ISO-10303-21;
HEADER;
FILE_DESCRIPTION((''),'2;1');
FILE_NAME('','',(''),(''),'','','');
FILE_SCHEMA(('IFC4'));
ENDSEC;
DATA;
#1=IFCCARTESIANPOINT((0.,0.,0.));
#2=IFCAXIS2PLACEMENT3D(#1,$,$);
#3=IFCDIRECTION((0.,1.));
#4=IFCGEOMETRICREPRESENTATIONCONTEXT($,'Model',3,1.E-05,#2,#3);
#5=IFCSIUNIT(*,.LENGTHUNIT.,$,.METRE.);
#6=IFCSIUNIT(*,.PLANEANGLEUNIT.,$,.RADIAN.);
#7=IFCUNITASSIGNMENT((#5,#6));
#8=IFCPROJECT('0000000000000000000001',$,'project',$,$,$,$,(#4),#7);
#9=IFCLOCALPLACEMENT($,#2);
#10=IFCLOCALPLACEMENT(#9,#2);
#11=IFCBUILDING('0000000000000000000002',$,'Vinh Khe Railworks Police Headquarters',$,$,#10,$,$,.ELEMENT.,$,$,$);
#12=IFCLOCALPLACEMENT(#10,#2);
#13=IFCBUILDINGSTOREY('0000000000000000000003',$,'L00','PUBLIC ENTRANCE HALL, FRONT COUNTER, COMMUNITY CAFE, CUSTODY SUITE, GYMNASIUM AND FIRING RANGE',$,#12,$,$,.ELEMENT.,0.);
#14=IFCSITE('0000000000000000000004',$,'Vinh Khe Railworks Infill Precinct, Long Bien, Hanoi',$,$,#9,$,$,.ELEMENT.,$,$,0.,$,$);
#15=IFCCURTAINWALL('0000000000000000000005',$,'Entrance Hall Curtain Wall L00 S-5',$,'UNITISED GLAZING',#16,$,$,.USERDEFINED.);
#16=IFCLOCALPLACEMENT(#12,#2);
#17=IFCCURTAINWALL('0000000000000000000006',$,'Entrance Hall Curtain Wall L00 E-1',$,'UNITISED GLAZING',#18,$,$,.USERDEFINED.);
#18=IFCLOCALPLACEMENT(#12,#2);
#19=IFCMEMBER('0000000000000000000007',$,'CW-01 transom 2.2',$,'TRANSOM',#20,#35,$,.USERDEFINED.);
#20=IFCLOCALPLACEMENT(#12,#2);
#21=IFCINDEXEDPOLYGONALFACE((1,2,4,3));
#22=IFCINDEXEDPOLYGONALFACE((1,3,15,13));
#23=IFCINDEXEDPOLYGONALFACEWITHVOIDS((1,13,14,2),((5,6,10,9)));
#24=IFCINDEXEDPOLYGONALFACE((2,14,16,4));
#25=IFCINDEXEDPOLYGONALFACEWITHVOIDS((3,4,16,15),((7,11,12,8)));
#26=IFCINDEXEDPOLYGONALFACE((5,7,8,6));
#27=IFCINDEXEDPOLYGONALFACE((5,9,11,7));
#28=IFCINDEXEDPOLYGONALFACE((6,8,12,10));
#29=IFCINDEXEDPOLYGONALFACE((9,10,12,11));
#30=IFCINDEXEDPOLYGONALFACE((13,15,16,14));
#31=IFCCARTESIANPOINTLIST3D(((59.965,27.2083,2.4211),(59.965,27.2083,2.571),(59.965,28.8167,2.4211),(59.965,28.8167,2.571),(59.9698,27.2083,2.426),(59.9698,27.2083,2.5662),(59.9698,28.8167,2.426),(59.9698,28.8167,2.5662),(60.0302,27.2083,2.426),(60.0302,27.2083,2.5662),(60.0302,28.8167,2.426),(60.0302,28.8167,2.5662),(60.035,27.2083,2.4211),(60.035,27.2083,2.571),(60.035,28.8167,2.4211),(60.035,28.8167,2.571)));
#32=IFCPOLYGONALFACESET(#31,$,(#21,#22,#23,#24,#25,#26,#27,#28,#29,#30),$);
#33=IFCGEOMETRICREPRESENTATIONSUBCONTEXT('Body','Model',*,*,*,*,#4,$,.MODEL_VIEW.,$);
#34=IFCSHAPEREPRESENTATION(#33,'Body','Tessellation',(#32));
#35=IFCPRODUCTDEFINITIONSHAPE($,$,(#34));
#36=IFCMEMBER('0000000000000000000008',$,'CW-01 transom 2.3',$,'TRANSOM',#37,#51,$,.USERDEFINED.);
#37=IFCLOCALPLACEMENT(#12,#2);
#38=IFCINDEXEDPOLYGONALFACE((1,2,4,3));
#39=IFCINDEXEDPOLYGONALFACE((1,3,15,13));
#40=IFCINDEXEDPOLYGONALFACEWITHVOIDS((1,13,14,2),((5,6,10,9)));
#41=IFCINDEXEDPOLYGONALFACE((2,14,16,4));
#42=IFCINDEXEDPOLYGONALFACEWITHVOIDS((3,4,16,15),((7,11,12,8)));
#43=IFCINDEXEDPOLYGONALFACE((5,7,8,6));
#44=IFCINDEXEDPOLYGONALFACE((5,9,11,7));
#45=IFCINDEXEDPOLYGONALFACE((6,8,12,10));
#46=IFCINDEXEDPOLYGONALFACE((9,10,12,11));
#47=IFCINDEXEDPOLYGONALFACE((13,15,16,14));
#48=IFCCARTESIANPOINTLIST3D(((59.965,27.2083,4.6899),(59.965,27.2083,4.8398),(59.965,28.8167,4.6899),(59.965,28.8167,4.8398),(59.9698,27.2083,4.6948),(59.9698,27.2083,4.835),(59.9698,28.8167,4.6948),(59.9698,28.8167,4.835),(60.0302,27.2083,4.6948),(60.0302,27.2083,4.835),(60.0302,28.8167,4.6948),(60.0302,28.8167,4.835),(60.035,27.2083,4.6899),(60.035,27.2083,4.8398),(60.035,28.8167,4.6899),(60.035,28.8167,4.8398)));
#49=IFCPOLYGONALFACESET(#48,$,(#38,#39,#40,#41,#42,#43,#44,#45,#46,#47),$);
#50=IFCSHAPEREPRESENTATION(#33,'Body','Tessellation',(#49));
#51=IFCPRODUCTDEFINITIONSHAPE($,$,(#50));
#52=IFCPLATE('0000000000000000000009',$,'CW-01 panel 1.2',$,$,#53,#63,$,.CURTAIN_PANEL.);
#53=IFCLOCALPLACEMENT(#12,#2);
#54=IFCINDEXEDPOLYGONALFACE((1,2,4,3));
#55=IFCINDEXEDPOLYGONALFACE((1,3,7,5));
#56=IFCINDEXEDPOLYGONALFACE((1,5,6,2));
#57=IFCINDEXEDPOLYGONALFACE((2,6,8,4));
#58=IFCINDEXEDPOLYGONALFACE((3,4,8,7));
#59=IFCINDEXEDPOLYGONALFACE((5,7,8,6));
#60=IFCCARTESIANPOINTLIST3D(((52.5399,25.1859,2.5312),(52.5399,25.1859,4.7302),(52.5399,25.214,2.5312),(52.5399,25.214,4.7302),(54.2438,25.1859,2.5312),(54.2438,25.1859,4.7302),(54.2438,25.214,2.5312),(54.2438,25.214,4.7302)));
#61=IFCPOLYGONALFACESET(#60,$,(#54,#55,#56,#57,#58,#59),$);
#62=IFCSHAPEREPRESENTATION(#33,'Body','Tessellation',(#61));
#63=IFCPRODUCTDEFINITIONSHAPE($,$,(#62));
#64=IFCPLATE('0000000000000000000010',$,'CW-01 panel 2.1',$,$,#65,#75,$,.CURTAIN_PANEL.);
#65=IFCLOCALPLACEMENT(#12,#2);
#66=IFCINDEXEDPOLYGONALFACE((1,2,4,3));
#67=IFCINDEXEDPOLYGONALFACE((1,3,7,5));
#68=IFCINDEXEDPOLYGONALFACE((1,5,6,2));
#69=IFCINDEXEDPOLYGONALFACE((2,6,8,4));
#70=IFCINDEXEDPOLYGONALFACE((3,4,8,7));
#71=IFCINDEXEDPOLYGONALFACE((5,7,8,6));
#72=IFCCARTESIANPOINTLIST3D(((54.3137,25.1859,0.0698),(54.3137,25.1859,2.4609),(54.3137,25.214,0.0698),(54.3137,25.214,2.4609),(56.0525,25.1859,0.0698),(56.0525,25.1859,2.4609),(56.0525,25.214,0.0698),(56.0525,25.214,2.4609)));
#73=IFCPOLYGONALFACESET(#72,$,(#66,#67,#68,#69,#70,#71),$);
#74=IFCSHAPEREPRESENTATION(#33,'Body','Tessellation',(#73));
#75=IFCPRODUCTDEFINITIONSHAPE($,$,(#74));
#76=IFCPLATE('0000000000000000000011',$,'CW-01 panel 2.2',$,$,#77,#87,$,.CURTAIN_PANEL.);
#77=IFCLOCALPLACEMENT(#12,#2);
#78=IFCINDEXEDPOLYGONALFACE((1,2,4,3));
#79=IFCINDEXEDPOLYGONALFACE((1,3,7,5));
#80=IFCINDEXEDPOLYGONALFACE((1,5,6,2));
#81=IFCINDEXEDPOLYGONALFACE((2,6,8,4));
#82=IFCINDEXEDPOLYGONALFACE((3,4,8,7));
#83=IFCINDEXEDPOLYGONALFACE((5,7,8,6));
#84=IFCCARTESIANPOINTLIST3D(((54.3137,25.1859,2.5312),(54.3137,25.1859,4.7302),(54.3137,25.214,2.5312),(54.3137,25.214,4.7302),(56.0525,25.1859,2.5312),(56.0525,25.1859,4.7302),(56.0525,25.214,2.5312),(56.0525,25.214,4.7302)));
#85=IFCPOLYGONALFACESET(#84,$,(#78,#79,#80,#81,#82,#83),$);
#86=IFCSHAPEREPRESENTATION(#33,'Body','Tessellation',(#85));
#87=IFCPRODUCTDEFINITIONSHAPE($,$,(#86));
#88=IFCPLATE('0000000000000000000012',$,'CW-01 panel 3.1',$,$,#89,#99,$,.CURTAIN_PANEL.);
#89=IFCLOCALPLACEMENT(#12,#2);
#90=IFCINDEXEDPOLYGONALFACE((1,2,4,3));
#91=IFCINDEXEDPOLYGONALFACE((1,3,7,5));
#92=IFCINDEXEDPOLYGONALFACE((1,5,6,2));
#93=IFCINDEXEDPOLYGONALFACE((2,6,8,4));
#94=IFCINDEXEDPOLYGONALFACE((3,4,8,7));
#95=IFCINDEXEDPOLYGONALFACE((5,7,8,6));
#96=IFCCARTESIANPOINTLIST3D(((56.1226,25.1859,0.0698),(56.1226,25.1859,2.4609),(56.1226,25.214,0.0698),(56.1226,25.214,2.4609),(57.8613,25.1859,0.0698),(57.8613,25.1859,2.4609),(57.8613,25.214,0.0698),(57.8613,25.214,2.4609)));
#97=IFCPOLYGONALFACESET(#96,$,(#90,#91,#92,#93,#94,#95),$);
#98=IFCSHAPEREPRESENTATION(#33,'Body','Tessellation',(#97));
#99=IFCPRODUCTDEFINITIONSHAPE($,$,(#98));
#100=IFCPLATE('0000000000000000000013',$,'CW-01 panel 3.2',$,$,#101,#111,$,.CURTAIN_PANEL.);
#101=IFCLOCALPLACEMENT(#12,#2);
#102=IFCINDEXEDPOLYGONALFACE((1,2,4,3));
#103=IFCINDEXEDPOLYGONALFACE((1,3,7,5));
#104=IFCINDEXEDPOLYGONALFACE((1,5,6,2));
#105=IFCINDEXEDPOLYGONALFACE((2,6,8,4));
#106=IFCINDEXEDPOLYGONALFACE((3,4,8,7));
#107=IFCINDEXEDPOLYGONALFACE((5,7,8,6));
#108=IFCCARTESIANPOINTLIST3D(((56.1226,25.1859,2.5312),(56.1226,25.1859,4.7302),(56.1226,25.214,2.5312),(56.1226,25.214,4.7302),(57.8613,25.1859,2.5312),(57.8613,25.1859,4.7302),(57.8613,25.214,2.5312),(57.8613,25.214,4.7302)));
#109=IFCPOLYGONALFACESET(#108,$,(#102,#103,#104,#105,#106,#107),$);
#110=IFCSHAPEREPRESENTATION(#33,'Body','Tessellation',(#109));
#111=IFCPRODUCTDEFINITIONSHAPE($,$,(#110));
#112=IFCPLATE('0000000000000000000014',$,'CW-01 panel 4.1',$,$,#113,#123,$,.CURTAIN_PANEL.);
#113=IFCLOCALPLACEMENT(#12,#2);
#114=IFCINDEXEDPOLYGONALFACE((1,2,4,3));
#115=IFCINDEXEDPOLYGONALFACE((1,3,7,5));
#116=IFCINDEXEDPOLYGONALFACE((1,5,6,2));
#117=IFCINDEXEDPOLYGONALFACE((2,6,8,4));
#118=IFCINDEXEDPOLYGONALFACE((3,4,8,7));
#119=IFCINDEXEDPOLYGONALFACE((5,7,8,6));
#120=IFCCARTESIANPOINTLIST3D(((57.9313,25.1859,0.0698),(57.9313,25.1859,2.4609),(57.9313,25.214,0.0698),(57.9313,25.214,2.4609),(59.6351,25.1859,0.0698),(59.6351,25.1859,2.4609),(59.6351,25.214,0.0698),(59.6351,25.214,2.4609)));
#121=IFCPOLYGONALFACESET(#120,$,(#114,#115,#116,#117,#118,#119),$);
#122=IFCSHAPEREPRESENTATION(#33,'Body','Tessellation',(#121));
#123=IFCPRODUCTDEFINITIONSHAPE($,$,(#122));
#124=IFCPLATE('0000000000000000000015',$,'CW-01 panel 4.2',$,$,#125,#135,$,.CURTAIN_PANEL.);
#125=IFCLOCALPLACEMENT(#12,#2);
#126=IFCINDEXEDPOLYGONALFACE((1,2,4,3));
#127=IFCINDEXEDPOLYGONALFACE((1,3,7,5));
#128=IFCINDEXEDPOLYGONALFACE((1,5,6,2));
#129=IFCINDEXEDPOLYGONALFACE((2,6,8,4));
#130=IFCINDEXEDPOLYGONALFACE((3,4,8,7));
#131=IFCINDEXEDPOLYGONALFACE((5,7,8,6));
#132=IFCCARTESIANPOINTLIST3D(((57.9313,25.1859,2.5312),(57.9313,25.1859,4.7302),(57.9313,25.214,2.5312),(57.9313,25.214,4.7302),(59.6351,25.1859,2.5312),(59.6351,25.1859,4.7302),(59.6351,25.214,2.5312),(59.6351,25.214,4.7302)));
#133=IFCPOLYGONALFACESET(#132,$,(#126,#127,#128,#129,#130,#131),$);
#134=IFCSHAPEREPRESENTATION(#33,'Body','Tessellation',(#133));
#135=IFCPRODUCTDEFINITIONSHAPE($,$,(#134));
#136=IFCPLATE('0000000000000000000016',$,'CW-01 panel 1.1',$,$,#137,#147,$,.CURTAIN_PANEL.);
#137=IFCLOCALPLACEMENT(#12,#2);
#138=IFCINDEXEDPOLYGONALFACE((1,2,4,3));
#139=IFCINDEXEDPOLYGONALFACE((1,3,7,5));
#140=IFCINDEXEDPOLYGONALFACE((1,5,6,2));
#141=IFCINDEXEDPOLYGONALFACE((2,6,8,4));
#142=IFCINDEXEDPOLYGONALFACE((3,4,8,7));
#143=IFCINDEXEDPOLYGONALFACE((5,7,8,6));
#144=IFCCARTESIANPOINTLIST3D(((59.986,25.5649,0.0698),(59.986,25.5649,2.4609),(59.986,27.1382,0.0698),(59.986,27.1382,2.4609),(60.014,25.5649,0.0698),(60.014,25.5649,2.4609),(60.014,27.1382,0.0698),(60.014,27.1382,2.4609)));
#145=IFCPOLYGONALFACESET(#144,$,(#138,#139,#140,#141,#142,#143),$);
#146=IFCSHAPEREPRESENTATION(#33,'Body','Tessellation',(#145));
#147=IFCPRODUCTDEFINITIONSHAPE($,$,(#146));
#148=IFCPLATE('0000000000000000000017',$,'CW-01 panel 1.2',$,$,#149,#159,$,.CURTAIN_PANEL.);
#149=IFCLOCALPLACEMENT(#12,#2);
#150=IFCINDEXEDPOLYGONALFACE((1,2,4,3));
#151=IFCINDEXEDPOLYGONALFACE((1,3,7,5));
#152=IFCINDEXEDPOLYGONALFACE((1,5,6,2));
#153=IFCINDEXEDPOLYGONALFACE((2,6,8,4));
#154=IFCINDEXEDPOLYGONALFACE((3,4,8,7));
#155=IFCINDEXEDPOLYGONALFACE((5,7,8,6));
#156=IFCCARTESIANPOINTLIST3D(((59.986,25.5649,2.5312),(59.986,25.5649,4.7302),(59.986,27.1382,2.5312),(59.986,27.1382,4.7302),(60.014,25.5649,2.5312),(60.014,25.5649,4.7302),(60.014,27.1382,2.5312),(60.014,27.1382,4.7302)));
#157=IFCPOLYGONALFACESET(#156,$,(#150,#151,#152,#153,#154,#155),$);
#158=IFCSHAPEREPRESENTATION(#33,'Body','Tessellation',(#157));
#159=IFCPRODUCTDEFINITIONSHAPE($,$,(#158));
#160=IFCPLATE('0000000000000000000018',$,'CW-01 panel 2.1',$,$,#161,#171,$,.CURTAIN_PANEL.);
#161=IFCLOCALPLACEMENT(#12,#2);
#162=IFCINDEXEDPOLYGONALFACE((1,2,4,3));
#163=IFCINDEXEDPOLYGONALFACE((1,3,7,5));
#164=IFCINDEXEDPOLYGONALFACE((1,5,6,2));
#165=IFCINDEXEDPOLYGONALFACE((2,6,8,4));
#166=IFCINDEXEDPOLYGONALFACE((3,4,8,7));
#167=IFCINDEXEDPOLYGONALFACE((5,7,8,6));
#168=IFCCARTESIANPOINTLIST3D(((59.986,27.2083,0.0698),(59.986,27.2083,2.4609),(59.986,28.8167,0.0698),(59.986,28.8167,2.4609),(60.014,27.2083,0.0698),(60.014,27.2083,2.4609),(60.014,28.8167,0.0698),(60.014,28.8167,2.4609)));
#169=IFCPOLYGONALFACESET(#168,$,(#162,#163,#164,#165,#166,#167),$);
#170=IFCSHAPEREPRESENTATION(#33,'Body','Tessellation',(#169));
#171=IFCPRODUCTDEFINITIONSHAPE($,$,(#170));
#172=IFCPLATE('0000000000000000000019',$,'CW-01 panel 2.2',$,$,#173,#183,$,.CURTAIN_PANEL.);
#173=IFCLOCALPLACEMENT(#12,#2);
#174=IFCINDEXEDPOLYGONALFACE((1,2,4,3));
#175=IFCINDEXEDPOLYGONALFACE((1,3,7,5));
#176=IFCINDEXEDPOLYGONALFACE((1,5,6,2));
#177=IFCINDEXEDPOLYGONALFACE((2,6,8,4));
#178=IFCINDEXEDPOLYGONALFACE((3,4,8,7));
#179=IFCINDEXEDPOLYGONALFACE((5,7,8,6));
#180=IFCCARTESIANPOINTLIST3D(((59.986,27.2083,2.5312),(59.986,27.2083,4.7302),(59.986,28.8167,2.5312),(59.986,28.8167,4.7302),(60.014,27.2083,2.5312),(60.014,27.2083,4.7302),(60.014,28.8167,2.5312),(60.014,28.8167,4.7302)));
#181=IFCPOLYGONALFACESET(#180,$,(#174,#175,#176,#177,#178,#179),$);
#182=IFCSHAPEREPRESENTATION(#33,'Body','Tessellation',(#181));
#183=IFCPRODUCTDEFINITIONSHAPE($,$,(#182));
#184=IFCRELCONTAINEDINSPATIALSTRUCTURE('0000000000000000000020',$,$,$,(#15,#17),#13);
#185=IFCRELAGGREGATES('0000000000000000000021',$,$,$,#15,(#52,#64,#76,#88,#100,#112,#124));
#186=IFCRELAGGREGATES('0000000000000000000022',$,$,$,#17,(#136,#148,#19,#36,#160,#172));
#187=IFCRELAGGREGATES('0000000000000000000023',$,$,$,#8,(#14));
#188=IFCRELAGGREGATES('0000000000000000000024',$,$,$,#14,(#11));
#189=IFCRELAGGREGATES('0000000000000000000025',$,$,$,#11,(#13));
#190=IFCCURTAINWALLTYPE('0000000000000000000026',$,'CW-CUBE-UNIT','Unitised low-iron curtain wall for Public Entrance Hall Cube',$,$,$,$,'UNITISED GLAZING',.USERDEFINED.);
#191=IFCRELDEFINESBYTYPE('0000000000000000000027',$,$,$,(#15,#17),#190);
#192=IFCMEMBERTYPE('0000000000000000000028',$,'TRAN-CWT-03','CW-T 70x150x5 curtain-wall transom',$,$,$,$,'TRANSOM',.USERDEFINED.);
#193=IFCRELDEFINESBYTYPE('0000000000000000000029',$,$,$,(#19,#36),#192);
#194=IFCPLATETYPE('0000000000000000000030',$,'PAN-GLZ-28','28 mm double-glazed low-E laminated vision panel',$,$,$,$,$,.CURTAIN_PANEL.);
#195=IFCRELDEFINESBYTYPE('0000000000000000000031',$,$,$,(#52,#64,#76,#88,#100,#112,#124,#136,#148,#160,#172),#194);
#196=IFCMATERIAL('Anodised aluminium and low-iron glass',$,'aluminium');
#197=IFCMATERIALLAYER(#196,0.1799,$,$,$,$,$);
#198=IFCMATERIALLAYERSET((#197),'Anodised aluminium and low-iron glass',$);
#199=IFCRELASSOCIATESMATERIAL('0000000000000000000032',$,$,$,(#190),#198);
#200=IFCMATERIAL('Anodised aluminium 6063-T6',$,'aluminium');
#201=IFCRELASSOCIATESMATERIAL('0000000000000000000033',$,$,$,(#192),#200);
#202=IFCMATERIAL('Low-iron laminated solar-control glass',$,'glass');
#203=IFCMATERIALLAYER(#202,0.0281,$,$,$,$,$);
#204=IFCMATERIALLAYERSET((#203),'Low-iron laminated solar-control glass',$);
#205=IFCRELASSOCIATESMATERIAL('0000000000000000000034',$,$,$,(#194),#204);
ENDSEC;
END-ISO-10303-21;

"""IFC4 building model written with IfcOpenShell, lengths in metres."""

from ifc_helpers import new_model, si_unit, direction, frame, origin, origin_2d, place, context, subcontext, project, spatial, rectangle, hollow_rectangle, extrude, material, layer, layer_set, material_profile, profile_set, type_object, element, aggregate, save


model = new_model("IFC4")

# Units and contexts
model_context = context("Model", 3, precision=1e-05, world=origin(), true_north=direction((0.0, 1.0)))
body_context = subcontext(model_context, "Body", "Model", "MODEL_VIEW")
ifc_project = project(units=[si_unit("LENGTHUNIT", "METRE"), si_unit("PLANEANGLEUNIT", "RADIAN")], contexts=[model_context])

# Site, building, storey
site_placement = place(None, origin())
site = spatial("IfcSite", under=ifc_project, at=site_placement, Name="Vinh Khe Railworks Infill Precinct, Long Bien, Hanoi", CompositionType="ELEMENT", RefElevation=0.0)
building_placement = place(site_placement, origin())
building = spatial("IfcBuilding", under=site, at=building_placement, Name="Vinh Khe Railworks Police Headquarters", CompositionType="ELEMENT")
storey_placement = place(building_placement, origin())
storey = spatial("IfcBuildingStorey", under=building, at=storey_placement, Name="L00", Description="PUBLIC ENTRANCE HALL, FRONT COUNTER, COMMUNITY CAFE, CUSTODY SUITE, GYMNASIUM AND FIRING RANGE", CompositionType="ELEMENT", Elevation=0.0)

# Curtain walls
ifc_material_1 = material(Name="Anodised aluminium and low-iron glass", Category="aluminium")
ifc_layer_1 = layer(ifc_material_1, 0.1799)
ifc_layer_set_1 = layer_set([ifc_layer_1], Name="Anodised aluminium and low-iron glass")
curtain_wall_type = type_object("IfcCurtainWallType", Name="CW-CUBE-UNIT", Description="Unitised low-iron curtain wall for Public Entrance Hall Cube", ElementType="UNITISED GLAZING", PredefinedType="USERDEFINED", material=ifc_layer_set_1)
curtain_wall_1_placement = place(storey_placement, origin())
curtain_wall_1 = element("IfcCurtainWall", 1, at=curtain_wall_1_placement, inside=storey, type_object=curtain_wall_type, Name="Entrance Hall Curtain Wall L00 S-5", ObjectType="UNITISED GLAZING", PredefinedType="USERDEFINED")
ifc_material_2 = material(Name="Anodised aluminium 6063-T6", Category="aluminium")
curtain_wall_2_placement = place(storey_placement, origin())
curtain_wall_2 = element("IfcCurtainWall", 2, at=curtain_wall_2_placement, inside=storey, type_object=curtain_wall_type, Name="Entrance Hall Curtain Wall L00 E-1", ObjectType="UNITISED GLAZING", PredefinedType="USERDEFINED")

# Members
ifc_material_profile_1 = material_profile(ifc_material_2, hollow_rectangle(XDim=0.0701, YDim=0.1499, WallThickness=0.0049, at=origin_2d()), Name="CW-T 70x150x5")
ifc_profile_set_1 = profile_set([ifc_material_profile_1], Name="Anodised aluminium 6063-T6")
member_type_1 = type_object("IfcMemberType", Name="TRAN-CWT-03", Description="CW-T 70x150x5 curtain-wall transom", ElementType="TRANSOM", PredefinedType="USERDEFINED", material=ifc_profile_set_1)
member_1_placement = place(storey_placement, frame((60.0, 27.2083, 2.4961), z_axis=(0.0, 1.0, 0.0), x_axis=(-1.0, 0.0, 0.0)))
member_1 = element("IfcMember", 3, at=member_1_placement, type_object=member_type_1, Name="CW-01 transom 2.2", ObjectType="TRANSOM", PredefinedType="USERDEFINED", context=body_context, shape_type="SweptSolid", body=[
    extrude(hollow_rectangle(XDim=0.0701, YDim=0.1499, WallThickness=0.0049, at=origin_2d()), origin(), (0.0, 0.0, 1.0), 1.6084),
])
member_2_placement = place(storey_placement, frame((60.0, 27.2083, 4.7649), z_axis=(0.0, 1.0, 0.0), x_axis=(-1.0, 0.0, 0.0)))
member_2 = element("IfcMember", 4, at=member_2_placement, type_object=member_type_1, Name="CW-01 transom 2.3", ObjectType="TRANSOM", PredefinedType="USERDEFINED", context=body_context, shape_type="SweptSolid", body=[
    extrude(hollow_rectangle(XDim=0.0701, YDim=0.1499, WallThickness=0.0049, at=origin_2d()), origin(), (0.0, 0.0, 1.0), 1.6084),
])

# Plates
ifc_material_3 = material(Name="Low-iron laminated solar-control glass", Category="glass")
ifc_layer_2 = layer(ifc_material_3, 0.0281)
ifc_layer_set_2 = layer_set([ifc_layer_2], Name="Low-iron laminated solar-control glass")
plate_type = type_object("IfcPlateType", Name="PAN-GLZ-28", Description="28 mm double-glazed low-E laminated vision panel", PredefinedType="CURTAIN_PANEL", material=ifc_layer_set_2)
plate_1_placement = place(storey_placement, frame((53.3918, 25.2, 2.5312), z_axis=(0.0, 0.0, 1.0), x_axis=(1.0, 0.0, 0.0)))
plate_1 = element("IfcPlate", 5, at=plate_1_placement, type_object=plate_type, Name="CW-01 panel 1.2", PredefinedType="CURTAIN_PANEL", context=body_context, shape_type="SweptSolid", body=[
    extrude(rectangle(XDim=1.7039, YDim=0.0281, at=origin_2d()), origin(), (0.0, 0.0, 1.0), 2.199),
])
plate_2_placement = place(storey_placement, frame((55.1831, 25.2, 0.0698), z_axis=(0.0, 0.0, 1.0), x_axis=(1.0, 0.0, 0.0)))
plate_2 = element("IfcPlate", 6, at=plate_2_placement, type_object=plate_type, Name="CW-01 panel 2.1", PredefinedType="CURTAIN_PANEL", context=body_context, shape_type="SweptSolid", body=[
    extrude(rectangle(XDim=1.7388, YDim=0.0281, at=origin_2d()), origin(), (0.0, 0.0, 1.0), 2.3911),
])
plate_3_placement = place(storey_placement, frame((55.1831, 25.2, 2.5312), z_axis=(0.0, 0.0, 1.0), x_axis=(1.0, 0.0, 0.0)))
plate_3 = element("IfcPlate", 7, at=plate_3_placement, type_object=plate_type, Name="CW-01 panel 2.2", PredefinedType="CURTAIN_PANEL", context=body_context, shape_type="SweptSolid", body=[
    extrude(rectangle(XDim=1.7388, YDim=0.0281, at=origin_2d()), origin(), (0.0, 0.0, 1.0), 2.199),
])
plate_4_placement = place(storey_placement, frame((56.9919, 25.2, 0.0698), z_axis=(0.0, 0.0, 1.0), x_axis=(1.0, 0.0, 0.0)))
plate_4 = element("IfcPlate", 8, at=plate_4_placement, type_object=plate_type, Name="CW-01 panel 3.1", PredefinedType="CURTAIN_PANEL", context=body_context, shape_type="SweptSolid", body=[
    extrude(rectangle(XDim=1.7388, YDim=0.0281, at=origin_2d()), origin(), (0.0, 0.0, 1.0), 2.3911),
])
plate_5_placement = place(storey_placement, frame((56.9919, 25.2, 2.5312), z_axis=(0.0, 0.0, 1.0), x_axis=(1.0, 0.0, 0.0)))
plate_5 = element("IfcPlate", 9, at=plate_5_placement, type_object=plate_type, Name="CW-01 panel 3.2", PredefinedType="CURTAIN_PANEL", context=body_context, shape_type="SweptSolid", body=[
    extrude(rectangle(XDim=1.7388, YDim=0.0281, at=origin_2d()), origin(), (0.0, 0.0, 1.0), 2.199),
])
plate_6_placement = place(storey_placement, frame((58.7832, 25.2, 0.0698), z_axis=(0.0, 0.0, 1.0), x_axis=(1.0, 0.0, 0.0)))
plate_6 = element("IfcPlate", 10, at=plate_6_placement, type_object=plate_type, Name="CW-01 panel 4.1", PredefinedType="CURTAIN_PANEL", context=body_context, shape_type="SweptSolid", body=[
    extrude(rectangle(XDim=1.7039, YDim=0.0281, at=origin_2d()), origin(), (0.0, 0.0, 1.0), 2.3911),
])
plate_7_placement = place(storey_placement, frame((58.7832, 25.2, 2.5312), z_axis=(0.0, 0.0, 1.0), x_axis=(1.0, 0.0, 0.0)))
plate_7 = element("IfcPlate", 11, at=plate_7_placement, type_object=plate_type, Name="CW-01 panel 4.2", PredefinedType="CURTAIN_PANEL", context=body_context, shape_type="SweptSolid", body=[
    extrude(rectangle(XDim=1.7039, YDim=0.0281, at=origin_2d()), origin(), (0.0, 0.0, 1.0), 2.199),
])
aggregate(curtain_wall_1, [plate_1, plate_2, plate_3, plate_4, plate_5, plate_6, plate_7])
plate_8_placement = place(storey_placement, frame((60.0, 26.3516, 0.0698), z_axis=(0.0, 0.0, 1.0), x_axis=(0.0, 1.0, 0.0)))
plate_8 = element("IfcPlate", 12, at=plate_8_placement, type_object=plate_type, Name="CW-01 panel 1.1", PredefinedType="CURTAIN_PANEL", context=body_context, shape_type="SweptSolid", body=[
    extrude(rectangle(XDim=1.5732, YDim=0.0281, at=origin_2d()), origin(), (0.0, 0.0, 1.0), 2.3911),
])
plate_9_placement = place(storey_placement, frame((60.0, 26.3516, 2.5312), z_axis=(0.0, 0.0, 1.0), x_axis=(0.0, 1.0, 0.0)))
plate_9 = element("IfcPlate", 13, at=plate_9_placement, type_object=plate_type, Name="CW-01 panel 1.2", PredefinedType="CURTAIN_PANEL", context=body_context, shape_type="SweptSolid", body=[
    extrude(rectangle(XDim=1.5732, YDim=0.0281, at=origin_2d()), origin(), (0.0, 0.0, 1.0), 2.199),
])
plate_10_placement = place(storey_placement, frame((60.0, 28.0125, 0.0698), z_axis=(0.0, 0.0, 1.0), x_axis=(0.0, 1.0, 0.0)))
plate_10 = element("IfcPlate", 14, at=plate_10_placement, type_object=plate_type, Name="CW-01 panel 2.1", PredefinedType="CURTAIN_PANEL", context=body_context, shape_type="SweptSolid", body=[
    extrude(rectangle(XDim=1.6084, YDim=0.0281, at=origin_2d()), origin(), (0.0, 0.0, 1.0), 2.3911),
])
plate_11_placement = place(storey_placement, frame((60.0, 28.0125, 2.5312), z_axis=(0.0, 0.0, 1.0), x_axis=(0.0, 1.0, 0.0)))
plate_11 = element("IfcPlate", 15, at=plate_11_placement, type_object=plate_type, Name="CW-01 panel 2.2", PredefinedType="CURTAIN_PANEL", context=body_context, shape_type="SweptSolid", body=[
    extrude(rectangle(XDim=1.6084, YDim=0.0281, at=origin_2d()), origin(), (0.0, 0.0, 1.0), 2.199),
])
aggregate(curtain_wall_2, [plate_8, plate_9, member_1, member_2, plate_10, plate_11])

save(model, "model.ifc")
